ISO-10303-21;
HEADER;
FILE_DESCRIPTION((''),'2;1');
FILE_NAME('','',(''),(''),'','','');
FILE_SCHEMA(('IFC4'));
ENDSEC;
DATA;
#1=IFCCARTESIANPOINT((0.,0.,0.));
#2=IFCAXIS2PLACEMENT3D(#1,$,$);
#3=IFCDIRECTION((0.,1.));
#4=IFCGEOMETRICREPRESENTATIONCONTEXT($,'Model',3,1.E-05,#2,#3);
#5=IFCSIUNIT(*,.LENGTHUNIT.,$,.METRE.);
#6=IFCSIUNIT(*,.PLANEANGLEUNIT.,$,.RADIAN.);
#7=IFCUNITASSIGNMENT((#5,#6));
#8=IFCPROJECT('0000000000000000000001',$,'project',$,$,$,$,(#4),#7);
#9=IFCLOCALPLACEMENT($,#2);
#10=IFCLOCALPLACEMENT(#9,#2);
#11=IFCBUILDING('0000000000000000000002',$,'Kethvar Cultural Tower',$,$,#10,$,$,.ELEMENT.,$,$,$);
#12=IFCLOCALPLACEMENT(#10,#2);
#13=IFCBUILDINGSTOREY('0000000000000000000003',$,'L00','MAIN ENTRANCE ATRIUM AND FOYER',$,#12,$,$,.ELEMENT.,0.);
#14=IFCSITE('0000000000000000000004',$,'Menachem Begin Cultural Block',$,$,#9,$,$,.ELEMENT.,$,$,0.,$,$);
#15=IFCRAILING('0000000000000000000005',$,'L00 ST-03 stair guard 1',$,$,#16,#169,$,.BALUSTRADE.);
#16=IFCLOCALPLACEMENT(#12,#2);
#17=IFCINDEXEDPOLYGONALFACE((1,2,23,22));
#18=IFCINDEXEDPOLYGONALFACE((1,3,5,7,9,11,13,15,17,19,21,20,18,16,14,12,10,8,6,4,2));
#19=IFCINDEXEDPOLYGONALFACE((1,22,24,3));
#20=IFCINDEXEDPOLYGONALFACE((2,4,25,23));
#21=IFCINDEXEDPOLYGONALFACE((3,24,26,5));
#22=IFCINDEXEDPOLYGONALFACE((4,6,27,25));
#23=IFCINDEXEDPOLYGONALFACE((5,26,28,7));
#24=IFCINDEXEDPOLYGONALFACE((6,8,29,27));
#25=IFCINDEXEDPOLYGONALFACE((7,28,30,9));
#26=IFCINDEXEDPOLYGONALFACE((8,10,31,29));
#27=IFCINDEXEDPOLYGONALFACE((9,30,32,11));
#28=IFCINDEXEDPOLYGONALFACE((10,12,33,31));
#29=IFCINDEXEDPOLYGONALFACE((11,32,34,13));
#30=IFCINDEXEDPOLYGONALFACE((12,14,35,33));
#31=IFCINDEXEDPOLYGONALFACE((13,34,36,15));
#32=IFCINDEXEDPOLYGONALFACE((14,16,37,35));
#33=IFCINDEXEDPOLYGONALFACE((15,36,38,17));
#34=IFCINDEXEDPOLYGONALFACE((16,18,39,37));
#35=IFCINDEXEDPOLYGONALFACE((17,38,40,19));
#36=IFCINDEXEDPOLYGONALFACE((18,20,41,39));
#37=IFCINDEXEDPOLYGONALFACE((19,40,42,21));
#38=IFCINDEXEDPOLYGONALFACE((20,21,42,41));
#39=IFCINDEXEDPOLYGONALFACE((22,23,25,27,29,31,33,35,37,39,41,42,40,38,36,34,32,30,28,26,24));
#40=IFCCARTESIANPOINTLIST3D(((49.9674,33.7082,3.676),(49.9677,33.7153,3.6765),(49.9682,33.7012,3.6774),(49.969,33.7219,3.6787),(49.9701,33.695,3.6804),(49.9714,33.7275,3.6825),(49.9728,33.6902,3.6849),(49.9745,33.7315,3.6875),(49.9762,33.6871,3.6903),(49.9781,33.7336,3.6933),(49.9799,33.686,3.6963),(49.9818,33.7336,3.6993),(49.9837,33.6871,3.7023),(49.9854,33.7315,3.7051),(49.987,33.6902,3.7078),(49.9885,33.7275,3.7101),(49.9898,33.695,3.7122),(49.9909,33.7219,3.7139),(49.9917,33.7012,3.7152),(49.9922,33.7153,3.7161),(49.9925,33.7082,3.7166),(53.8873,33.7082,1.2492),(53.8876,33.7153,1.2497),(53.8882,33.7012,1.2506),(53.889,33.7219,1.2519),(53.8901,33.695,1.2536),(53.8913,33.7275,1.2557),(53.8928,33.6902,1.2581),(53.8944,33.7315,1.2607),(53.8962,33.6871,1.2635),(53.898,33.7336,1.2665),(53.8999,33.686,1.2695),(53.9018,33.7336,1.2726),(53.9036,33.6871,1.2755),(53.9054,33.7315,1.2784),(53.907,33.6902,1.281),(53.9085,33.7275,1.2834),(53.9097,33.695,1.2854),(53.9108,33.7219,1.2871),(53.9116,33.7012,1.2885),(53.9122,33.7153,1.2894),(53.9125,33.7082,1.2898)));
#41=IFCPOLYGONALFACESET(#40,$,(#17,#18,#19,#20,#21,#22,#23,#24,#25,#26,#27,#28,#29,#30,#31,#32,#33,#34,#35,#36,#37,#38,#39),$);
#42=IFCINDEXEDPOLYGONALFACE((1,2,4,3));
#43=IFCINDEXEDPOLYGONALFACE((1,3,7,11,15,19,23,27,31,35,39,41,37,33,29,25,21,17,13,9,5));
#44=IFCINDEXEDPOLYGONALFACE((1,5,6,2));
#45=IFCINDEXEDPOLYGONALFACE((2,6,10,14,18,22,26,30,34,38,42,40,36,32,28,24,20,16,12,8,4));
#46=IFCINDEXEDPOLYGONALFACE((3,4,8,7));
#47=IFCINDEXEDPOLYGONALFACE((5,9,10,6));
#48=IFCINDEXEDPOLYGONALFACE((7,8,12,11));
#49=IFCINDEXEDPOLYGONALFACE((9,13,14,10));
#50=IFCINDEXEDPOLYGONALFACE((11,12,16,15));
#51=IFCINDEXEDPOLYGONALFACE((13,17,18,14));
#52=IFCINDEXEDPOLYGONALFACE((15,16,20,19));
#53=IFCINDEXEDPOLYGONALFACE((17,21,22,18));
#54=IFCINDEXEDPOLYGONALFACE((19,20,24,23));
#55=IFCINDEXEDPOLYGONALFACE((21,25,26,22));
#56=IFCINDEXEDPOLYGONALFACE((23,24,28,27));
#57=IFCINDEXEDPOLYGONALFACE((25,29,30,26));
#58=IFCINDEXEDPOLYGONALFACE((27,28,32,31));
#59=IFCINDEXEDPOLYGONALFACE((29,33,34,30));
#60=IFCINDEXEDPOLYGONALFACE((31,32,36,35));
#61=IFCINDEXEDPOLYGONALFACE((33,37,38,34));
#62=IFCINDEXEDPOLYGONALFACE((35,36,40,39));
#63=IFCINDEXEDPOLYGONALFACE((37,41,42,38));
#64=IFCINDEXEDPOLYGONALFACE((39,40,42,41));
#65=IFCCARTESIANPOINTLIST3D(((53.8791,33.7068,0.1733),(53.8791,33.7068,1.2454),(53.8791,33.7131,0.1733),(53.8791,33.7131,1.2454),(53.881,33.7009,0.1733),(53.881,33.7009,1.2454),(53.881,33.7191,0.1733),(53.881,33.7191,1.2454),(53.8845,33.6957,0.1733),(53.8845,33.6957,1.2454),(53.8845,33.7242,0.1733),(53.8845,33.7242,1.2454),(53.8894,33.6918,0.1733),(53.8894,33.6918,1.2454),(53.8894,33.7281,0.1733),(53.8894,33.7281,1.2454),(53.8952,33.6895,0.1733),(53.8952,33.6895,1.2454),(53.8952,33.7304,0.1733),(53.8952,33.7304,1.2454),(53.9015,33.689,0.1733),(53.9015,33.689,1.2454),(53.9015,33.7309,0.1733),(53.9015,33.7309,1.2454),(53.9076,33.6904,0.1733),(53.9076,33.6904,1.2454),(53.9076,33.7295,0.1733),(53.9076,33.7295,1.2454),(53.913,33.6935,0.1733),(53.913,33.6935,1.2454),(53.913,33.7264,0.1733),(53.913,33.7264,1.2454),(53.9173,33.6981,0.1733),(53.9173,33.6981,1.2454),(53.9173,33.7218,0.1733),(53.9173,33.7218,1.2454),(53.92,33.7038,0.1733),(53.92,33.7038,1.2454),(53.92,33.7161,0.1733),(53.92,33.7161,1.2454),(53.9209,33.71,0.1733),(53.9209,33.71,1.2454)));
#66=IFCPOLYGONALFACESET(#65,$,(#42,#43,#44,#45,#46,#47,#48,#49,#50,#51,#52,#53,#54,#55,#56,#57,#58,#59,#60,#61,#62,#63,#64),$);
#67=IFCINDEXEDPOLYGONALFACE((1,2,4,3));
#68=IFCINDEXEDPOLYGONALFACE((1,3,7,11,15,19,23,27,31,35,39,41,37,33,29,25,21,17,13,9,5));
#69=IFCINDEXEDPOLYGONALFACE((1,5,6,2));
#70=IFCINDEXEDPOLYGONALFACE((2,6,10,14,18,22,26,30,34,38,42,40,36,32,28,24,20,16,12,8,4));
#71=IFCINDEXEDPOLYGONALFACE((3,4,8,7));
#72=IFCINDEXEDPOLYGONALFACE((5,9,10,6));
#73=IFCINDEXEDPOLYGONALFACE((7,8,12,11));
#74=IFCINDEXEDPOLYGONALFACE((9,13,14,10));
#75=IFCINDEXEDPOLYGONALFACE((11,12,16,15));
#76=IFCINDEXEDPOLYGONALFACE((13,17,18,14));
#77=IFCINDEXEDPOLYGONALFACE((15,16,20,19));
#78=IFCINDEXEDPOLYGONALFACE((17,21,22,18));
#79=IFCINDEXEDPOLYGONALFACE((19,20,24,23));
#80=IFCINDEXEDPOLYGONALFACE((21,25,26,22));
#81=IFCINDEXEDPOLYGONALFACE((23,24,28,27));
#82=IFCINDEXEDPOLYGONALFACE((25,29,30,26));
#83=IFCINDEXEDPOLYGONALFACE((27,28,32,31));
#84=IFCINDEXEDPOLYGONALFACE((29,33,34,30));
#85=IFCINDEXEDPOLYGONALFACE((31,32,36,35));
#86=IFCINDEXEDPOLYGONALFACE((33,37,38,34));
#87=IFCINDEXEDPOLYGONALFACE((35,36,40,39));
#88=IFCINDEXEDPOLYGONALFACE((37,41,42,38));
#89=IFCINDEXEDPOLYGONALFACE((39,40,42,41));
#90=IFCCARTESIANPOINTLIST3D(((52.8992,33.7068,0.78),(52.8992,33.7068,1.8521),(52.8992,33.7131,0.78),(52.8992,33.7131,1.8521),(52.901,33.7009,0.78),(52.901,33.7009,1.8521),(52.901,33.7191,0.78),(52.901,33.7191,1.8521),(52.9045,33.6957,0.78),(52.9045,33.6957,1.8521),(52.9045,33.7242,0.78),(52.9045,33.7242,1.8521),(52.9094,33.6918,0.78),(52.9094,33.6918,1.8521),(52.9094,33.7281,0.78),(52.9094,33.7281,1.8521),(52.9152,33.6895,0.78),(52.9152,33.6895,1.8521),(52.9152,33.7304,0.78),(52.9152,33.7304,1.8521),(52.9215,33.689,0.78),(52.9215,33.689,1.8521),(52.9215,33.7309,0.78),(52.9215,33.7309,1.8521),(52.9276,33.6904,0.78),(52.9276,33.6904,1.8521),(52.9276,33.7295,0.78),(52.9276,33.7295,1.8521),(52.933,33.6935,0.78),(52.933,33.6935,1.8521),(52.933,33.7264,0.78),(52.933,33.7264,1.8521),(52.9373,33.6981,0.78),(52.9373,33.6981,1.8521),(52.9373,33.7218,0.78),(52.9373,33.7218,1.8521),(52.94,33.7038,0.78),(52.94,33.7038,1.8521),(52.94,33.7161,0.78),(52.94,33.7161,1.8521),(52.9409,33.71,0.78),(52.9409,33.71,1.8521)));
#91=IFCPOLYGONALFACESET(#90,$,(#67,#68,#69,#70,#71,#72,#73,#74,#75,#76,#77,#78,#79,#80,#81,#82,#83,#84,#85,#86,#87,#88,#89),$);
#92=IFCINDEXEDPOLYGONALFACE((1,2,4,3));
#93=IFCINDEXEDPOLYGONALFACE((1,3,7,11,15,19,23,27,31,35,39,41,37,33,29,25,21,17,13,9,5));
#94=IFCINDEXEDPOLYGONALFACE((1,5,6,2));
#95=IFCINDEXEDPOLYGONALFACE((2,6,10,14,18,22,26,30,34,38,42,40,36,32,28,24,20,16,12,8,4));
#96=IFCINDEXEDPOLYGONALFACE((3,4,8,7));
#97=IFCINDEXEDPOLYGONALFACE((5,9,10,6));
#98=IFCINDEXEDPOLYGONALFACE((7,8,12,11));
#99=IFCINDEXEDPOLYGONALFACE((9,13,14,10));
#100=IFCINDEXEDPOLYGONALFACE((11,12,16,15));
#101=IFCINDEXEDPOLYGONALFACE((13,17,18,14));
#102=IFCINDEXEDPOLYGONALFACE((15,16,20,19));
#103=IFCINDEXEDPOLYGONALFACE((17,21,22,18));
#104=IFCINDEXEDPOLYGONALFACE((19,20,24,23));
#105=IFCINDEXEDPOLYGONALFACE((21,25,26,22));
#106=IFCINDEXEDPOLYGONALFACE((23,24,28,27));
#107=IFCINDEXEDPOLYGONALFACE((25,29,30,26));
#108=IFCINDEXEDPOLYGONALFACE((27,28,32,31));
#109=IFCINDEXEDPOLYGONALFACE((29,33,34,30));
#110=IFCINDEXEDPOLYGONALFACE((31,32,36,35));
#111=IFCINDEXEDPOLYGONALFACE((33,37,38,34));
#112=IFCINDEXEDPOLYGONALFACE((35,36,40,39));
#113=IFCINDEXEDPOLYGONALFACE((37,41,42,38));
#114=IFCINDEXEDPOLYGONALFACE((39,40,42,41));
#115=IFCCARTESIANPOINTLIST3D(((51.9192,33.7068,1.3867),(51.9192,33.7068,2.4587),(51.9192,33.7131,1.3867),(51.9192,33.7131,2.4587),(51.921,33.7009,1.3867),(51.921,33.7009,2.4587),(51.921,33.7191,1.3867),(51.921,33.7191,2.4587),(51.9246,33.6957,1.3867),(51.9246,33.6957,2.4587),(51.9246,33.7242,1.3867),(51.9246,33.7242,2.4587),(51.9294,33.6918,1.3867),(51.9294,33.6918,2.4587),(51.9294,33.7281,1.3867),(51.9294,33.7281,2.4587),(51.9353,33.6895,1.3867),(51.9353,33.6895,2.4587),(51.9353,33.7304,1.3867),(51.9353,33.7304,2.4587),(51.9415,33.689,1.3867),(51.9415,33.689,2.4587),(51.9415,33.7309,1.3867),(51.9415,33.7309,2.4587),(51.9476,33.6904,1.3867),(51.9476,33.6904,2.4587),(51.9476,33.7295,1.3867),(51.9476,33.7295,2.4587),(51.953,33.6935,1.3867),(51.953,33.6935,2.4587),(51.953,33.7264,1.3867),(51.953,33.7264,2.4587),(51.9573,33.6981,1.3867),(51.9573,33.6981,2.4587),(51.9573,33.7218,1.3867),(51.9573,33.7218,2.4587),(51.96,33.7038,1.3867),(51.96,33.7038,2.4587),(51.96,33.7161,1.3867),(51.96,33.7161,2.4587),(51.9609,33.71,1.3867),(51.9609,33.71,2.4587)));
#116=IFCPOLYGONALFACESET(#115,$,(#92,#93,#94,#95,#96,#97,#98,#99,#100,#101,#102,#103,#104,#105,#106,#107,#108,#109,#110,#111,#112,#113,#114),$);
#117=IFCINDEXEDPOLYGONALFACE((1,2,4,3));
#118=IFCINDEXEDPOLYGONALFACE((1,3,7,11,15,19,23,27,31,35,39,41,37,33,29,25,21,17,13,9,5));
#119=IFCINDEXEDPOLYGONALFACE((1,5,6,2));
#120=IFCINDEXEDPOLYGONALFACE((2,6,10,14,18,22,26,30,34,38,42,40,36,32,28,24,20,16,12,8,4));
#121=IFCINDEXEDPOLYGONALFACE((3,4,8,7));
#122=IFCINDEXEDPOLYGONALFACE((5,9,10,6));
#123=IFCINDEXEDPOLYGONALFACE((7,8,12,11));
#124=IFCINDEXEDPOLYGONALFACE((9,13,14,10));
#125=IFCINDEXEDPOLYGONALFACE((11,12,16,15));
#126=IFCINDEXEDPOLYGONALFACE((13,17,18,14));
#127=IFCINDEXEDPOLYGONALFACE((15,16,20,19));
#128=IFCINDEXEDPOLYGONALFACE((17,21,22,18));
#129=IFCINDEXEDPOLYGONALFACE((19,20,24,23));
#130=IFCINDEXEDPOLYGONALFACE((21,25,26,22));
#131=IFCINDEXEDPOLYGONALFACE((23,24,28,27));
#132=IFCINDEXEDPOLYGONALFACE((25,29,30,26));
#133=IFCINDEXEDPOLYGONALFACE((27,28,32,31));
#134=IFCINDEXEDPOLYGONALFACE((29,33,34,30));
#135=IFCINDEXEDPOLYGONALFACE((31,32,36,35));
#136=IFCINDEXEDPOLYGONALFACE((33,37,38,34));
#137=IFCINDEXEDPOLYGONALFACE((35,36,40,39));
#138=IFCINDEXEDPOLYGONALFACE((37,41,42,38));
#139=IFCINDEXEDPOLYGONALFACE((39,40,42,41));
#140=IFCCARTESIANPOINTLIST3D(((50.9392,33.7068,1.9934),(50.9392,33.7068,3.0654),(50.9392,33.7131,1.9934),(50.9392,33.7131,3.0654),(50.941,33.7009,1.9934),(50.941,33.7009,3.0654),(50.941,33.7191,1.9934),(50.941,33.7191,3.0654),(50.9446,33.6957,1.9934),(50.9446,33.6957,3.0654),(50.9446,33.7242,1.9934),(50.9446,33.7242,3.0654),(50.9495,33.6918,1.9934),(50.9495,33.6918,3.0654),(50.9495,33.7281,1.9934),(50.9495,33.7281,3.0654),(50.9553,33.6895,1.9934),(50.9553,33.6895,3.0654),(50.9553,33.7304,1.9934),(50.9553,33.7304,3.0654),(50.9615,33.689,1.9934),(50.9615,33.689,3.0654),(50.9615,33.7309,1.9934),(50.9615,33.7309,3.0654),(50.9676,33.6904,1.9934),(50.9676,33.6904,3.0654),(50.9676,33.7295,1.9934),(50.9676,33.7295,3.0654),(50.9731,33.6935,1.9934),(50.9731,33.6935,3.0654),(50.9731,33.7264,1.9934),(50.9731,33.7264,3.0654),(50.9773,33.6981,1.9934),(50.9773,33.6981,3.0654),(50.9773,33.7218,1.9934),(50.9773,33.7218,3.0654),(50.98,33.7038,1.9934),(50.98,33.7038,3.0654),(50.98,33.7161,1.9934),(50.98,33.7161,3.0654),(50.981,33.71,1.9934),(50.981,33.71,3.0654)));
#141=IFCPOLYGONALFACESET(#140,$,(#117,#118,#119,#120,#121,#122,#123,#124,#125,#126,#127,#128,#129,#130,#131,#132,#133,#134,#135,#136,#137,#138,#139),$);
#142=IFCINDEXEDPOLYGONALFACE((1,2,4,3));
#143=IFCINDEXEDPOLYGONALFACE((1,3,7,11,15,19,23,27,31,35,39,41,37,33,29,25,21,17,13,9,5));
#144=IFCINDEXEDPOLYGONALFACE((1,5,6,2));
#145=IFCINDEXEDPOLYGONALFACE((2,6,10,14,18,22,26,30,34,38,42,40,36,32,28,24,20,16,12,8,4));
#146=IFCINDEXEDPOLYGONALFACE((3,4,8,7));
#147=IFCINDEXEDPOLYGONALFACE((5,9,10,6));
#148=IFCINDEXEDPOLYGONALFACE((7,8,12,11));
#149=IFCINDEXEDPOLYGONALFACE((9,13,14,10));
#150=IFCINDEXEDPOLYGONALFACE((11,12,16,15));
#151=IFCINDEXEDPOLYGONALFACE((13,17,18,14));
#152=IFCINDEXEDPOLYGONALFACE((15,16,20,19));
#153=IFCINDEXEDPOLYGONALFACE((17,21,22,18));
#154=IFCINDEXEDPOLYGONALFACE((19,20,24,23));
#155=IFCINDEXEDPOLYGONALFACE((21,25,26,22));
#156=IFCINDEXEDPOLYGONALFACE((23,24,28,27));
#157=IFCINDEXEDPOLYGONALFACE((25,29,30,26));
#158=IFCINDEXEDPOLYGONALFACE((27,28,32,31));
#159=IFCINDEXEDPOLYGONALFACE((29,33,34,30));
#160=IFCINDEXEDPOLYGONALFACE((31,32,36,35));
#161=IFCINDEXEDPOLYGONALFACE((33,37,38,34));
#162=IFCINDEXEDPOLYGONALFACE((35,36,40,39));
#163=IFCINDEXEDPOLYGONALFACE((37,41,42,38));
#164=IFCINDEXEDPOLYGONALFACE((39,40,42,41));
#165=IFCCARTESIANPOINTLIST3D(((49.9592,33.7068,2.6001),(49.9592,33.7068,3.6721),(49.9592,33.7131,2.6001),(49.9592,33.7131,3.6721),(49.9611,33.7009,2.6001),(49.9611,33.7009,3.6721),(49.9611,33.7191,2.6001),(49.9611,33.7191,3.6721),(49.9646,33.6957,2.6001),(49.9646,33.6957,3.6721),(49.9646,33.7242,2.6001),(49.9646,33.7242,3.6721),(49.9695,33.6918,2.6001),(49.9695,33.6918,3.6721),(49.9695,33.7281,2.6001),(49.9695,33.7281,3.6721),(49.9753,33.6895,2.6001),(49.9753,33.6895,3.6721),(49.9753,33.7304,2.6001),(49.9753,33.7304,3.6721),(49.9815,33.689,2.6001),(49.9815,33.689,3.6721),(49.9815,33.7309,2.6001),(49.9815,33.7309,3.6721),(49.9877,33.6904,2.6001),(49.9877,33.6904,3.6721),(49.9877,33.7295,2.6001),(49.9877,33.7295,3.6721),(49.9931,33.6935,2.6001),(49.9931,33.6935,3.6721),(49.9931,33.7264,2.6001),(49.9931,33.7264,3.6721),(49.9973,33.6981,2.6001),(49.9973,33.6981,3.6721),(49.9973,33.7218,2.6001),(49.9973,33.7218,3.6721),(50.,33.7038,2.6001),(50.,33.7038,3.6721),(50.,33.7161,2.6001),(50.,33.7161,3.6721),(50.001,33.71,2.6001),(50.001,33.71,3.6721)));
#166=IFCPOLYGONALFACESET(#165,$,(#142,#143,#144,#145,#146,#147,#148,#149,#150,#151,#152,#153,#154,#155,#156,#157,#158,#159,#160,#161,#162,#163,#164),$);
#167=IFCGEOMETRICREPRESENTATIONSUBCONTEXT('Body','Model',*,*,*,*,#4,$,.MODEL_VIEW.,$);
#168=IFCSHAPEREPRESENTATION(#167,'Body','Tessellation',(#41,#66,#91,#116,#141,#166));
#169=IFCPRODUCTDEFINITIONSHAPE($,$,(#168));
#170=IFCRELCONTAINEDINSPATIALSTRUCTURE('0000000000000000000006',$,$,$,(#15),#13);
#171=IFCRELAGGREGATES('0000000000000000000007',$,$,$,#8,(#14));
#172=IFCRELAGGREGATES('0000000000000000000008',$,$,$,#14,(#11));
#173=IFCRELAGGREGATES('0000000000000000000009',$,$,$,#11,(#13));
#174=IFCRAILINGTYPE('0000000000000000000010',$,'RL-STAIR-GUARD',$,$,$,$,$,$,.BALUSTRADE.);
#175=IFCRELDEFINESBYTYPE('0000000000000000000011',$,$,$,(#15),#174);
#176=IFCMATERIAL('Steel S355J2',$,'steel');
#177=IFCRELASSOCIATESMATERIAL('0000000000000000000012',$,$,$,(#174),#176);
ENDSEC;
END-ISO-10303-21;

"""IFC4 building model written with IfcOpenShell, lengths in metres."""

from ifc_helpers import new_model, si_unit, direction, frame, origin, origin_2d, place, context, subcontext, project, spatial, circle, extrude, material, type_object, element, save


model = new_model("IFC4")

# Units and contexts
model_context = context("Model", 3, precision=1e-05, world=origin(), true_north=direction((0.0, 1.0)))
body_context = subcontext(model_context, "Body", "Model", "MODEL_VIEW")
ifc_project = project(units=[si_unit("LENGTHUNIT", "METRE"), si_unit("PLANEANGLEUNIT", "RADIAN")], contexts=[model_context])

# Site, building, storey
site_placement = place(None, origin())
site = spatial("IfcSite", under=ifc_project, at=site_placement, Name="Menachem Begin Cultural Block", CompositionType="ELEMENT", RefElevation=0.0)
building_placement = place(site_placement, origin())
building = spatial("IfcBuilding", under=site, at=building_placement, Name="Kethvar Cultural Tower", CompositionType="ELEMENT")
storey_placement = place(building_placement, origin())
storey = spatial("IfcBuildingStorey", under=building, at=storey_placement, Name="L00", Description="MAIN ENTRANCE ATRIUM AND FOYER", CompositionType="ELEMENT", Elevation=0.0)

# Shared definitions
ifc_material_1 = material(Name="Steel S355J2", Category="steel")

# Railing
railing_type_1 = type_object("IfcRailingType", Name="RL-STAIR-GUARD", PredefinedType="BALUSTRADE", material=ifc_material_1)
railing_1_placement = place(storey_placement, frame((53.8999, 33.71, 0.1733)))
element("IfcRailing", 1, at=railing_1_placement, inside=storey, type_object=railing_type_1, Name="L00 ST-03 stair guard 1", PredefinedType="BALUSTRADE", context=body_context, shape_type="SweptSolid", body=[
    extrude(circle(Radius=0.0239, at=origin_2d()), frame((0.0, 0.0, 1.0962), z_axis=(-0.850252, 0.0, 0.526376), x_axis=(0.0, -1.0, 0.0)), (0.0, 0.0, 1.0), 4.6104),
    extrude(circle(Radius=0.021, at=origin_2d()), origin(), (0.0, 0.0, 1.0), 1.072),
    extrude(circle(Radius=0.021, at=origin_2d()), frame((-0.98, 0.0, 0.6067)), (0.0, 0.0, 1.0), 1.072),
    extrude(circle(Radius=0.021, at=origin_2d()), frame((-1.96, 0.0, 1.2134)), (0.0, 0.0, 1.0), 1.072),
    extrude(circle(Radius=0.021, at=origin_2d()), frame((-2.9399, 0.0, 1.8201)), (0.0, 0.0, 1.0), 1.072),
    extrude(circle(Radius=0.021, at=origin_2d()), frame((-3.9199, 0.0, 2.4268)), (0.0, 0.0, 1.0), 1.072),
])

save(model, "model.ifc")
